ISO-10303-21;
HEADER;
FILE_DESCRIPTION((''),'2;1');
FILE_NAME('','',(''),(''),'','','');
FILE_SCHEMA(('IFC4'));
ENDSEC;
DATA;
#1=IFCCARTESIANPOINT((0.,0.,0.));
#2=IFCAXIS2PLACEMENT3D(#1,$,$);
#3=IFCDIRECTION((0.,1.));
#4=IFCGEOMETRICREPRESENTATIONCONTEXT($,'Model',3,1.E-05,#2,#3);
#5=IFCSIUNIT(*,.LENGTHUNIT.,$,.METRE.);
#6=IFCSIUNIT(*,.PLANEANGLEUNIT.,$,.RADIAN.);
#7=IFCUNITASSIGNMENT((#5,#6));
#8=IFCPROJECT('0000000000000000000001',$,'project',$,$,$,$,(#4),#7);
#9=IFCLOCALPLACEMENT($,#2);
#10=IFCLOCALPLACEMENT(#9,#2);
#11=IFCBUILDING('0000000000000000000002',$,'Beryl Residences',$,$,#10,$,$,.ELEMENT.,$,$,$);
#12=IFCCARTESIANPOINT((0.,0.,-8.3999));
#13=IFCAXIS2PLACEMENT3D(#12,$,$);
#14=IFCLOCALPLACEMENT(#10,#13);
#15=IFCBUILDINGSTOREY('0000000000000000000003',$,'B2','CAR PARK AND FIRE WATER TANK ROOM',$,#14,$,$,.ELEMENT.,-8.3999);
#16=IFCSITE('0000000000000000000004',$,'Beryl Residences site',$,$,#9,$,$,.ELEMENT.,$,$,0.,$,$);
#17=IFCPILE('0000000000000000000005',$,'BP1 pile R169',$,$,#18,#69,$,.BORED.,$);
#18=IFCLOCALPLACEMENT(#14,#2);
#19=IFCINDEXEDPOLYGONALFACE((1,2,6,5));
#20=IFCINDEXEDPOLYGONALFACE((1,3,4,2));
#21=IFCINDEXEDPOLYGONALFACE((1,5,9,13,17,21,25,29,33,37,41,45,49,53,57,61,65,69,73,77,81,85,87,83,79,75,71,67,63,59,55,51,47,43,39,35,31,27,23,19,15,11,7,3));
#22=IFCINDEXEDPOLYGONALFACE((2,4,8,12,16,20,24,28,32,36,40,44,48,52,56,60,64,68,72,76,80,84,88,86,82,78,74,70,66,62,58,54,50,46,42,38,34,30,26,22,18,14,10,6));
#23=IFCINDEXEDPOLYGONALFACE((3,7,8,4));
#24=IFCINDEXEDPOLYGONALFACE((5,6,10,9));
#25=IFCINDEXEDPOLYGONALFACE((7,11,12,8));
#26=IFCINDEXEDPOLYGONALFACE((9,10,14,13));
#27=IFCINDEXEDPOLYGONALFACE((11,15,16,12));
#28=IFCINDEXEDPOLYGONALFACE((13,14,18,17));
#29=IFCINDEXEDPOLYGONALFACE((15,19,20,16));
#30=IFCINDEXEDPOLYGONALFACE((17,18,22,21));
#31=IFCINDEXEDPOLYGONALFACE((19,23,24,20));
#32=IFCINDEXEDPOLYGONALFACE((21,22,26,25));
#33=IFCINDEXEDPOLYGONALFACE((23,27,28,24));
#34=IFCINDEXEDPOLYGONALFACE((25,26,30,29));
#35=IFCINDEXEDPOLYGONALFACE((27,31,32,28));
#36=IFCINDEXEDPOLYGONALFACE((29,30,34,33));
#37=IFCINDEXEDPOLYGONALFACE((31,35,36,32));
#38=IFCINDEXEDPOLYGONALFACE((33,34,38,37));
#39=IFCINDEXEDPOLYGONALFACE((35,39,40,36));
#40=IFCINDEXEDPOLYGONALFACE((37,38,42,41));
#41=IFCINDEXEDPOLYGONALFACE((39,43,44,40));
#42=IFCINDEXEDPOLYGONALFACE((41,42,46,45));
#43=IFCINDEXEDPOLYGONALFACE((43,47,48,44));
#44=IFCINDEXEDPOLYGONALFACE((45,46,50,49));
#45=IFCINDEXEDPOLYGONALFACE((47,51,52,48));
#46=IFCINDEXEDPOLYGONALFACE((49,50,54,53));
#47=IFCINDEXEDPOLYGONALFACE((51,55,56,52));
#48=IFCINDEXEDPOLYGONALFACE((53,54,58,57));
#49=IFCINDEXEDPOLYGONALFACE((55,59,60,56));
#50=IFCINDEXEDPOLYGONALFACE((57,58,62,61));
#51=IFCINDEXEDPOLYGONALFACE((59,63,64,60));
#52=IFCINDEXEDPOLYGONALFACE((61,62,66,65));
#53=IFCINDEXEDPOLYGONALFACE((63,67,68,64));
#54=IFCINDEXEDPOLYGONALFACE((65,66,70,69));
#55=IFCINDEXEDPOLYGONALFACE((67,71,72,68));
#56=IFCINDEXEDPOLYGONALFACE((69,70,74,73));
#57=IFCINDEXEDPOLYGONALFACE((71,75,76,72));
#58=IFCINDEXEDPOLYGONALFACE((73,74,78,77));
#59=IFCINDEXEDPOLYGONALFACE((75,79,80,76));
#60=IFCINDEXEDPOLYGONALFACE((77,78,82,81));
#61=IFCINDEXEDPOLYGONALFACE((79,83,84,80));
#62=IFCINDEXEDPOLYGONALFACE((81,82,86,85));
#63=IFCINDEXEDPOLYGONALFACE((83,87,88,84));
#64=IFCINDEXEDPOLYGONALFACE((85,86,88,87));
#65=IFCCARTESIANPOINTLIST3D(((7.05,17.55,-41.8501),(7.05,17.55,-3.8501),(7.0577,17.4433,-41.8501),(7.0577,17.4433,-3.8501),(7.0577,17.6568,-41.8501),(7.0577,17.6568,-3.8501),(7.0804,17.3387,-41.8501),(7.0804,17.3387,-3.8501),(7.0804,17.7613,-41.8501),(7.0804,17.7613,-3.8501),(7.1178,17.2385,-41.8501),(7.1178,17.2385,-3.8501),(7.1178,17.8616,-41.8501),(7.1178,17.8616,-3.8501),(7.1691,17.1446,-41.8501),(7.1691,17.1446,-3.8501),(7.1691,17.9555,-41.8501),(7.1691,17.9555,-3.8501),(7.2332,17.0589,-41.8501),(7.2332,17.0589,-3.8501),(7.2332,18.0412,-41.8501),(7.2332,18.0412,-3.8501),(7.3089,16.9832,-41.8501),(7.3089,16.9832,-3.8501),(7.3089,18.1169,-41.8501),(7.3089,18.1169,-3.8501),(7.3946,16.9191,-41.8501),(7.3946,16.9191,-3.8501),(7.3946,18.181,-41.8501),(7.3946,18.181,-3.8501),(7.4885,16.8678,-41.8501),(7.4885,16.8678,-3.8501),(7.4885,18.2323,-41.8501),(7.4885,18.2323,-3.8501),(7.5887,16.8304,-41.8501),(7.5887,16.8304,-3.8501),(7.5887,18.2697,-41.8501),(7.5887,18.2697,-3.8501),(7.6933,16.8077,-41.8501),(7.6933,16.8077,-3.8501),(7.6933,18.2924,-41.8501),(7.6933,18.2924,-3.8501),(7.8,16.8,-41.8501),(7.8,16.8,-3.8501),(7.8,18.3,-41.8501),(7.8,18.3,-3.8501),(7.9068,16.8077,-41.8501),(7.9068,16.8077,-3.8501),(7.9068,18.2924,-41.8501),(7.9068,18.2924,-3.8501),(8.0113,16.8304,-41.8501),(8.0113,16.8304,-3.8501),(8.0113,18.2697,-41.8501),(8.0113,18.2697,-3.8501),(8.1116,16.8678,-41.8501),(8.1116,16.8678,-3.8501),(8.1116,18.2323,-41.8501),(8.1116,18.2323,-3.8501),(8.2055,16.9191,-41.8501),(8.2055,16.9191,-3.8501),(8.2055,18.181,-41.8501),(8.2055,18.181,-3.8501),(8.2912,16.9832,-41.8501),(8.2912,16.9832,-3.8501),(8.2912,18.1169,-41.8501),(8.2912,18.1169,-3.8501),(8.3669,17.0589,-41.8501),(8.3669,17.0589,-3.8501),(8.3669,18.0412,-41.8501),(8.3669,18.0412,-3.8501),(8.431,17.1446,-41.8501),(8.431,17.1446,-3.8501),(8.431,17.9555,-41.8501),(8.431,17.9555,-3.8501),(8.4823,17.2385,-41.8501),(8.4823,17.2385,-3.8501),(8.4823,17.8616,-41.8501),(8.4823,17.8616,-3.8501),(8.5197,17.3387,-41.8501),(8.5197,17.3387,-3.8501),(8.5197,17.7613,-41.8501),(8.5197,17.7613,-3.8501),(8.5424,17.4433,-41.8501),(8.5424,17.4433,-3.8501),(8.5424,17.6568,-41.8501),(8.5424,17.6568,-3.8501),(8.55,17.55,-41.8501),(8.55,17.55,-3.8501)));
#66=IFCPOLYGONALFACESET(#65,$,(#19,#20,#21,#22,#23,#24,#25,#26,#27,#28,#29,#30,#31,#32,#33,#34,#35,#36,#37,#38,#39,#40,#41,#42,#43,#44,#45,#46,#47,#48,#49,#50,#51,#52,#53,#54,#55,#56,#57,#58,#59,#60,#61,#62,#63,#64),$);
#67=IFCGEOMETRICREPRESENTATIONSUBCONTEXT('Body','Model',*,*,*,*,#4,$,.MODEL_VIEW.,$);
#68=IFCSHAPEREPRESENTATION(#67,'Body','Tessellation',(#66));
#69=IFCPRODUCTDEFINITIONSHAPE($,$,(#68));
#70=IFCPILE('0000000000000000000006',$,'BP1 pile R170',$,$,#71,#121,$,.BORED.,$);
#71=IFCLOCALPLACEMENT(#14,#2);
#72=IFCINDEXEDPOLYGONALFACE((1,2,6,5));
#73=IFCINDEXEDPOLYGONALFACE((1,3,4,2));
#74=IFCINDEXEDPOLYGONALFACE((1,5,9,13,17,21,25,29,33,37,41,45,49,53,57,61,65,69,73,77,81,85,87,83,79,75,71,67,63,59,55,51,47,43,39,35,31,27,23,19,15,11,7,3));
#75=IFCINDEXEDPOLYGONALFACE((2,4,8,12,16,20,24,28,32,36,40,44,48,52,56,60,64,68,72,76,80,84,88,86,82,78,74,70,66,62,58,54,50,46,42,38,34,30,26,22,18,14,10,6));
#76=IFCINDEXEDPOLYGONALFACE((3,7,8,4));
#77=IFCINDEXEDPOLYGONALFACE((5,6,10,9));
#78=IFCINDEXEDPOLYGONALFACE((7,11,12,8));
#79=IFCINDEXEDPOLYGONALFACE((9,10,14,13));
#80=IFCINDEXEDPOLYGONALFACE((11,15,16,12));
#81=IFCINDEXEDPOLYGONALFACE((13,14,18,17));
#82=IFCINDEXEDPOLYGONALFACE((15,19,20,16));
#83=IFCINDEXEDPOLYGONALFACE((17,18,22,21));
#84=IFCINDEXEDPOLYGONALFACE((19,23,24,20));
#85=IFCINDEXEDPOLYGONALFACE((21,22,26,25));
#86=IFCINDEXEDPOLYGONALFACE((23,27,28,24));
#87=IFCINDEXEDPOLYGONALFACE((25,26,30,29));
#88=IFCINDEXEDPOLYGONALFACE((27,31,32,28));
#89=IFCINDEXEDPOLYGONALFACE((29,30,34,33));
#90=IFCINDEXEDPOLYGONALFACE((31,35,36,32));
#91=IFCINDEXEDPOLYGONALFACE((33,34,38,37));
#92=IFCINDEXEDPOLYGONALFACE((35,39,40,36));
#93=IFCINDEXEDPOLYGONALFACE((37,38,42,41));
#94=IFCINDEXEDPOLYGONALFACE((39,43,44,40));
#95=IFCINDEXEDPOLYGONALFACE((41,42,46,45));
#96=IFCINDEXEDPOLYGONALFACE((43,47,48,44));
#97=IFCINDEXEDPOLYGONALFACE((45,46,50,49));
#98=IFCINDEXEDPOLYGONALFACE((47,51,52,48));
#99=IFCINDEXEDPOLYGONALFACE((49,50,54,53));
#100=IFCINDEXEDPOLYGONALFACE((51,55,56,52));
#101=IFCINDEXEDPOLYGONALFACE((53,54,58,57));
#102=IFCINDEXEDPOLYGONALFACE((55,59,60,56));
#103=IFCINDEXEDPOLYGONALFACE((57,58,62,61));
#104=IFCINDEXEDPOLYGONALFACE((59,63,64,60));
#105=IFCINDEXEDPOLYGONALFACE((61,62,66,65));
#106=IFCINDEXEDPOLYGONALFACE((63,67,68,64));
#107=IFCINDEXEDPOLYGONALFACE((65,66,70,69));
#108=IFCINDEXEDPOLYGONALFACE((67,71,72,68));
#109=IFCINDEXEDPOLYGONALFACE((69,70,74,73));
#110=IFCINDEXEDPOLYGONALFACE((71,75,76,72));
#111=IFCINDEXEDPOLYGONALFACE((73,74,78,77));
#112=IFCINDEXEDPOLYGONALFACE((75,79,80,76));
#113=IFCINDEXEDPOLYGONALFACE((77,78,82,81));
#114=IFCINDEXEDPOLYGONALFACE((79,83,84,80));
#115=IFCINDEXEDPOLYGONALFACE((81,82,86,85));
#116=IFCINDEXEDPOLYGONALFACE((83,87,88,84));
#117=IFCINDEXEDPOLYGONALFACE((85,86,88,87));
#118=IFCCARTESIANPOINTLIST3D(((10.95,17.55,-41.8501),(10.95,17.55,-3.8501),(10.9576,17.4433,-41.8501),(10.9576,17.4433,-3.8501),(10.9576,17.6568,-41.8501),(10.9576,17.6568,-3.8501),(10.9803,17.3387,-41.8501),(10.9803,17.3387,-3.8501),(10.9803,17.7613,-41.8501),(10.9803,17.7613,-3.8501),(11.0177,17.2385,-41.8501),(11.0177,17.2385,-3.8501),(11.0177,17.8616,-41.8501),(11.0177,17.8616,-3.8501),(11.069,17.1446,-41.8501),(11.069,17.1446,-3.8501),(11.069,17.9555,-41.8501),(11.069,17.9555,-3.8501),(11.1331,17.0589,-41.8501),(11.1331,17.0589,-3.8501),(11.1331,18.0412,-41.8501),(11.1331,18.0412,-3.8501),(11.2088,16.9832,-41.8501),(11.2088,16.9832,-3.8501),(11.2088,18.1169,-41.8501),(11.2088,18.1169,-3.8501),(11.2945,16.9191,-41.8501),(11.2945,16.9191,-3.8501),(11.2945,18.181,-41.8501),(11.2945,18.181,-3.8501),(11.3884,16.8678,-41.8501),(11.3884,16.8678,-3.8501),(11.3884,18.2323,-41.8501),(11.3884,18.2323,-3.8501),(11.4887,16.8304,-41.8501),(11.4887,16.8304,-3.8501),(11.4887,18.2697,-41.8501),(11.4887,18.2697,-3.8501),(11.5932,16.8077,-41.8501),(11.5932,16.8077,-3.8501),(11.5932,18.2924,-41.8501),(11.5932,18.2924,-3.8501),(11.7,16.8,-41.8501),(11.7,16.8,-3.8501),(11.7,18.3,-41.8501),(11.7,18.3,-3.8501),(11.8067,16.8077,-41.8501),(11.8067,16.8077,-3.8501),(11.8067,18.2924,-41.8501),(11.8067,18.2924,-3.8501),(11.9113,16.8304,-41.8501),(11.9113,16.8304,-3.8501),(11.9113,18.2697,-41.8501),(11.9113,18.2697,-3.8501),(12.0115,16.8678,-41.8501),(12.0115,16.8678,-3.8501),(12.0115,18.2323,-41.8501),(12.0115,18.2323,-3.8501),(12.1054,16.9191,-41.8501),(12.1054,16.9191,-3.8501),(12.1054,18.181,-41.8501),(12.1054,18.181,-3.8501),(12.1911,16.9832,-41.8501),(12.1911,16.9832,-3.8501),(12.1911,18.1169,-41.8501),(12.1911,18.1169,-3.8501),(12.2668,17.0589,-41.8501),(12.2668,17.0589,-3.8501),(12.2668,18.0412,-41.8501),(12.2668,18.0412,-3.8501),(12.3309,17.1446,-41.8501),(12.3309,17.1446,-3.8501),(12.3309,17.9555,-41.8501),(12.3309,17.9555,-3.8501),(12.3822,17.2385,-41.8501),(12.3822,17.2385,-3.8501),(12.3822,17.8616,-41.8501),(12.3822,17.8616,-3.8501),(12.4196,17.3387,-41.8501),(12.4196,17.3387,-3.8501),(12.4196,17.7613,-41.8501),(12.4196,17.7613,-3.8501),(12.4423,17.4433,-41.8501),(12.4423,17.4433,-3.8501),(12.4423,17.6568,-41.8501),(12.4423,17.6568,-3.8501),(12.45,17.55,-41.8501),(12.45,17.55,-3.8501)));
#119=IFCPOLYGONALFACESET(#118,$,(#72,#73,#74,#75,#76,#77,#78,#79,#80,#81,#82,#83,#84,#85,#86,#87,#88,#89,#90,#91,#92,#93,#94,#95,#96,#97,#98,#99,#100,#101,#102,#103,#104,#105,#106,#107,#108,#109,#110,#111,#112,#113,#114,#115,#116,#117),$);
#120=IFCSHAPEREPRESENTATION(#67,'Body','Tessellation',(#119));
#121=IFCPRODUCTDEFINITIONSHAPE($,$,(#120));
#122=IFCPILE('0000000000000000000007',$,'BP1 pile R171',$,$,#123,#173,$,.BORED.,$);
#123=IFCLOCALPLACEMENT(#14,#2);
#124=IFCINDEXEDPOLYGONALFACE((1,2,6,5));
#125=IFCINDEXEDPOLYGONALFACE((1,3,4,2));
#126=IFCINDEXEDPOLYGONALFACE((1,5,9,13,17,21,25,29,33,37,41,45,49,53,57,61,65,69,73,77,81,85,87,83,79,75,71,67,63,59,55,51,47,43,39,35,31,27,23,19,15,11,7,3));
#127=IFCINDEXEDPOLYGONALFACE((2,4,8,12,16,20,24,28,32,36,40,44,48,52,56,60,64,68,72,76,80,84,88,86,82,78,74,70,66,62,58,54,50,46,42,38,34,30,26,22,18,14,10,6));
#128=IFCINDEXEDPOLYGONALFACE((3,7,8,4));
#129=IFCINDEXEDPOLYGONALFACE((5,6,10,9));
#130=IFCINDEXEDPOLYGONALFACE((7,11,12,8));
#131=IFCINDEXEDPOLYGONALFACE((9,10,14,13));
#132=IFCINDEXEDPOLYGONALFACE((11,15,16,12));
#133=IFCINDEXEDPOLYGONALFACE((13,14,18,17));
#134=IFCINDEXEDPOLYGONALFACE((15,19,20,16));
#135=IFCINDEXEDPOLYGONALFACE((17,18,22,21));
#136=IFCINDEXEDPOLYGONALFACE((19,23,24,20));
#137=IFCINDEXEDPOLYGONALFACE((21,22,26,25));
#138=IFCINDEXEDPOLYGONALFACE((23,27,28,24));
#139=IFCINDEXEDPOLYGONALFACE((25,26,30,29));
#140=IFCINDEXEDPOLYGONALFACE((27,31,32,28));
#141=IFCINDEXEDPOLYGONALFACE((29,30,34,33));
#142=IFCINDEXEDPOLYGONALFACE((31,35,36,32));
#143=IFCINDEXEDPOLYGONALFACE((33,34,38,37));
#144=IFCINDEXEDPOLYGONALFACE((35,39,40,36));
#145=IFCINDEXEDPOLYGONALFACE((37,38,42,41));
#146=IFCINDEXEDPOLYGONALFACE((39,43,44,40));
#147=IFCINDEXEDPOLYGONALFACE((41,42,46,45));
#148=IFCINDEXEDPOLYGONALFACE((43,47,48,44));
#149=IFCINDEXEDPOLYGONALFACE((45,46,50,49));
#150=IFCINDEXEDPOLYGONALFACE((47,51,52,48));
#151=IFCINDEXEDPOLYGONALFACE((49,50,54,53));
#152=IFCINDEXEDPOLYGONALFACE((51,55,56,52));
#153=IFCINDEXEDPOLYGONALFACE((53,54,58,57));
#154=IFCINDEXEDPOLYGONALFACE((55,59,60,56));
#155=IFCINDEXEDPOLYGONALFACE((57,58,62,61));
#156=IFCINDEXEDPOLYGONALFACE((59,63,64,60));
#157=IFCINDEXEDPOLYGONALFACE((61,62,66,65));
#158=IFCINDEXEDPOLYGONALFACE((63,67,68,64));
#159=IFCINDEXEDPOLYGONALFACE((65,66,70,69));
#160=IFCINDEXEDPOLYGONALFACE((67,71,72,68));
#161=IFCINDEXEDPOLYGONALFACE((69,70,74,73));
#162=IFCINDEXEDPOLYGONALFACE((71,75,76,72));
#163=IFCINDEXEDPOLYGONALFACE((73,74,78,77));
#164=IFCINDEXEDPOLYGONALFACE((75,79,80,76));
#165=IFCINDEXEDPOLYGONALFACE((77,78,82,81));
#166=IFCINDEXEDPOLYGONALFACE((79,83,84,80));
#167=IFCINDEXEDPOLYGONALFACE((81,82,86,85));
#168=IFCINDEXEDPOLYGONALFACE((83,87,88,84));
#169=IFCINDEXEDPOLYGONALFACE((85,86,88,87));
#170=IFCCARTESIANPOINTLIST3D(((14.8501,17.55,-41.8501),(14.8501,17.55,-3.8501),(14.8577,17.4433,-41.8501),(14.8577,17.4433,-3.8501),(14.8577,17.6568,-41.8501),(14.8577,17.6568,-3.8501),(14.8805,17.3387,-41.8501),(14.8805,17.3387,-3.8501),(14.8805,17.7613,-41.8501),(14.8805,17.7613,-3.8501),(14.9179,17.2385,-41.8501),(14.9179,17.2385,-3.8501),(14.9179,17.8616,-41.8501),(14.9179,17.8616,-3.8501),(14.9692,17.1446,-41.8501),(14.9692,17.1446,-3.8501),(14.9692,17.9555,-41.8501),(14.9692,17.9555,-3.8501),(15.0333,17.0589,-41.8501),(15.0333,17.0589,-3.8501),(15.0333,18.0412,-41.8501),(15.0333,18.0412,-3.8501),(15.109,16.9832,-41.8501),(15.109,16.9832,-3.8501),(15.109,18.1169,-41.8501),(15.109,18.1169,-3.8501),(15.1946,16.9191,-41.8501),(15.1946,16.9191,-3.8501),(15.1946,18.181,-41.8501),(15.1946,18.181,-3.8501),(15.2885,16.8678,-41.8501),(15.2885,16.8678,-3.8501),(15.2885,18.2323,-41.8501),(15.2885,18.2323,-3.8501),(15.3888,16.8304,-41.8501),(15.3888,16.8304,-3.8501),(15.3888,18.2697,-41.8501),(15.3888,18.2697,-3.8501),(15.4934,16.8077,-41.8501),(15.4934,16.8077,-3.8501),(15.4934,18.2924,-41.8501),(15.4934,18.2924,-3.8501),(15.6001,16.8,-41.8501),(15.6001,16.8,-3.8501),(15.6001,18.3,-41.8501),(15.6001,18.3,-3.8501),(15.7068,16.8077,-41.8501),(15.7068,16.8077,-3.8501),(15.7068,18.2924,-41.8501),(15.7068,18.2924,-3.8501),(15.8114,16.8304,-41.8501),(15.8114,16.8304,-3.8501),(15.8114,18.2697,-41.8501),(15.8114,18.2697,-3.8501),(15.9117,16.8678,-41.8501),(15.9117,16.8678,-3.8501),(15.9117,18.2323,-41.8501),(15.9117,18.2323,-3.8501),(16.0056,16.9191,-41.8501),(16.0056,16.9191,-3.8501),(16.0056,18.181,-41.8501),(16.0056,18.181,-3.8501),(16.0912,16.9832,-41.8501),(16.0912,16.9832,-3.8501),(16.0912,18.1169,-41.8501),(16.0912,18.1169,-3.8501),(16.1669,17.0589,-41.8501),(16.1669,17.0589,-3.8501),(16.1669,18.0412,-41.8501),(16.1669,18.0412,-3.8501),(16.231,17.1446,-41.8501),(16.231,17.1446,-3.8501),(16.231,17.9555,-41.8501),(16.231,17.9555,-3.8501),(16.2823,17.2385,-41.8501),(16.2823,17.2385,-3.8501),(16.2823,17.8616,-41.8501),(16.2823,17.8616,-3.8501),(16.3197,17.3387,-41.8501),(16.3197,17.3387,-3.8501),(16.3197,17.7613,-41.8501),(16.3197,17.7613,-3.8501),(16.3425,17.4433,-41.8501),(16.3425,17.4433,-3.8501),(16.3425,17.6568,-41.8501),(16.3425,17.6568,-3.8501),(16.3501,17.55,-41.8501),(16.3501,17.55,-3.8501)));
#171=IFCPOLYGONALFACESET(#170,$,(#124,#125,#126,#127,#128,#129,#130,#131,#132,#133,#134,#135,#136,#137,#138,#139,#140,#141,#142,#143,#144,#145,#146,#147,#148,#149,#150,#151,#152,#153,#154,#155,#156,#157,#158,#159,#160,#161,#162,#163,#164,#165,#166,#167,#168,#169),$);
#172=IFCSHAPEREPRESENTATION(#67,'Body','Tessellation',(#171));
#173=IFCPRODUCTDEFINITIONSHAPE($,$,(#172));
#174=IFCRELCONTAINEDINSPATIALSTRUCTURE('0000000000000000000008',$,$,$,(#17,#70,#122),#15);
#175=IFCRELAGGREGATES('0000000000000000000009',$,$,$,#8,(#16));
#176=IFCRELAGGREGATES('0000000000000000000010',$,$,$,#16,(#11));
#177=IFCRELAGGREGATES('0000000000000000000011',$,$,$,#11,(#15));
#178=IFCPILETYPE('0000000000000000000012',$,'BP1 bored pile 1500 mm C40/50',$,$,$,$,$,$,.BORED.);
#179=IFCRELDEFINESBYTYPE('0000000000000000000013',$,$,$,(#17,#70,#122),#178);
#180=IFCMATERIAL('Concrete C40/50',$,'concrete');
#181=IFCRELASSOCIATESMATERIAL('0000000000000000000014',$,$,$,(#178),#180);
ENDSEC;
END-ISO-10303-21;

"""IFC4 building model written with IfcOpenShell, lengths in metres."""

from ifc_helpers import new_model, si_unit, direction, frame, origin, origin_2d, place, context, subcontext, project, spatial, circle, extrude, material, material_profile, profile_set, type_object, element, save


model = new_model("IFC4")

# Units and contexts
model_context = context("Model", 3, precision=1e-05, world=origin(), true_north=direction((0.0, 1.0)))
body_context = subcontext(model_context, "Body", "Model", "MODEL_VIEW")
ifc_project = project(units=[si_unit("LENGTHUNIT", "METRE"), si_unit("PLANEANGLEUNIT", "RADIAN")], contexts=[model_context])

# Site, building, storey
site_placement = place(None, origin())
site = spatial("IfcSite", under=ifc_project, at=site_placement, Name="Beryl Residences site", CompositionType="ELEMENT", RefElevation=0.0)
building_placement = place(site_placement, origin())
building = spatial("IfcBuilding", under=site, at=building_placement, Name="Beryl Residences", CompositionType="ELEMENT")
storey_placement = place(building_placement, frame((0.0, 0.0, -8.3999)))
storey = spatial("IfcBuildingStorey", under=building, at=storey_placement, Name="B2", Description="CAR PARK AND FIRE WATER TANK ROOM", CompositionType="ELEMENT", Elevation=-8.3999)

# Piles
ifc_material_1 = material(Name="Concrete C40/50", Category="concrete")
ifc_material_profile_1 = material_profile(ifc_material_1, circle(Radius=0.75, at=origin_2d()))
ifc_profile_set_1 = profile_set([ifc_material_profile_1], Name="Concrete C40/50")
pile_type_1 = type_object("IfcPileType", Name="BP1 bored pile 1500 mm C40/50", PredefinedType="BORED", material=ifc_profile_set_1)
for number, where, z_axis, x_axis, name in (
    (1, (7.8, 17.55, -3.8501), (0.0, 0.0, -1.0), (1.0, 0.0, 0.0), "BP1 pile R169"),
    (2, (11.7, 17.55, -3.8501), (0.0, 0.0, -1.0), (1.0, 0.0, 0.0), "BP1 pile R170"),
    (3, (15.6001, 17.55, -3.8501), (0.0, 0.0, -1.0), (1.0, 0.0, 0.0), "BP1 pile R171"),
):
    element("IfcPile", number, at=place(storey_placement, frame(where, z_axis=z_axis, x_axis=x_axis)), inside=storey, type_object=pile_type_1, Name=name, PredefinedType="BORED", context=body_context, shape_type="SweptSolid", body=[
        extrude(circle(Radius=0.75, at=origin_2d()), origin(), (0.0, 0.0, 1.0), 38.0),
    ])

save(model, "model.ifc")
